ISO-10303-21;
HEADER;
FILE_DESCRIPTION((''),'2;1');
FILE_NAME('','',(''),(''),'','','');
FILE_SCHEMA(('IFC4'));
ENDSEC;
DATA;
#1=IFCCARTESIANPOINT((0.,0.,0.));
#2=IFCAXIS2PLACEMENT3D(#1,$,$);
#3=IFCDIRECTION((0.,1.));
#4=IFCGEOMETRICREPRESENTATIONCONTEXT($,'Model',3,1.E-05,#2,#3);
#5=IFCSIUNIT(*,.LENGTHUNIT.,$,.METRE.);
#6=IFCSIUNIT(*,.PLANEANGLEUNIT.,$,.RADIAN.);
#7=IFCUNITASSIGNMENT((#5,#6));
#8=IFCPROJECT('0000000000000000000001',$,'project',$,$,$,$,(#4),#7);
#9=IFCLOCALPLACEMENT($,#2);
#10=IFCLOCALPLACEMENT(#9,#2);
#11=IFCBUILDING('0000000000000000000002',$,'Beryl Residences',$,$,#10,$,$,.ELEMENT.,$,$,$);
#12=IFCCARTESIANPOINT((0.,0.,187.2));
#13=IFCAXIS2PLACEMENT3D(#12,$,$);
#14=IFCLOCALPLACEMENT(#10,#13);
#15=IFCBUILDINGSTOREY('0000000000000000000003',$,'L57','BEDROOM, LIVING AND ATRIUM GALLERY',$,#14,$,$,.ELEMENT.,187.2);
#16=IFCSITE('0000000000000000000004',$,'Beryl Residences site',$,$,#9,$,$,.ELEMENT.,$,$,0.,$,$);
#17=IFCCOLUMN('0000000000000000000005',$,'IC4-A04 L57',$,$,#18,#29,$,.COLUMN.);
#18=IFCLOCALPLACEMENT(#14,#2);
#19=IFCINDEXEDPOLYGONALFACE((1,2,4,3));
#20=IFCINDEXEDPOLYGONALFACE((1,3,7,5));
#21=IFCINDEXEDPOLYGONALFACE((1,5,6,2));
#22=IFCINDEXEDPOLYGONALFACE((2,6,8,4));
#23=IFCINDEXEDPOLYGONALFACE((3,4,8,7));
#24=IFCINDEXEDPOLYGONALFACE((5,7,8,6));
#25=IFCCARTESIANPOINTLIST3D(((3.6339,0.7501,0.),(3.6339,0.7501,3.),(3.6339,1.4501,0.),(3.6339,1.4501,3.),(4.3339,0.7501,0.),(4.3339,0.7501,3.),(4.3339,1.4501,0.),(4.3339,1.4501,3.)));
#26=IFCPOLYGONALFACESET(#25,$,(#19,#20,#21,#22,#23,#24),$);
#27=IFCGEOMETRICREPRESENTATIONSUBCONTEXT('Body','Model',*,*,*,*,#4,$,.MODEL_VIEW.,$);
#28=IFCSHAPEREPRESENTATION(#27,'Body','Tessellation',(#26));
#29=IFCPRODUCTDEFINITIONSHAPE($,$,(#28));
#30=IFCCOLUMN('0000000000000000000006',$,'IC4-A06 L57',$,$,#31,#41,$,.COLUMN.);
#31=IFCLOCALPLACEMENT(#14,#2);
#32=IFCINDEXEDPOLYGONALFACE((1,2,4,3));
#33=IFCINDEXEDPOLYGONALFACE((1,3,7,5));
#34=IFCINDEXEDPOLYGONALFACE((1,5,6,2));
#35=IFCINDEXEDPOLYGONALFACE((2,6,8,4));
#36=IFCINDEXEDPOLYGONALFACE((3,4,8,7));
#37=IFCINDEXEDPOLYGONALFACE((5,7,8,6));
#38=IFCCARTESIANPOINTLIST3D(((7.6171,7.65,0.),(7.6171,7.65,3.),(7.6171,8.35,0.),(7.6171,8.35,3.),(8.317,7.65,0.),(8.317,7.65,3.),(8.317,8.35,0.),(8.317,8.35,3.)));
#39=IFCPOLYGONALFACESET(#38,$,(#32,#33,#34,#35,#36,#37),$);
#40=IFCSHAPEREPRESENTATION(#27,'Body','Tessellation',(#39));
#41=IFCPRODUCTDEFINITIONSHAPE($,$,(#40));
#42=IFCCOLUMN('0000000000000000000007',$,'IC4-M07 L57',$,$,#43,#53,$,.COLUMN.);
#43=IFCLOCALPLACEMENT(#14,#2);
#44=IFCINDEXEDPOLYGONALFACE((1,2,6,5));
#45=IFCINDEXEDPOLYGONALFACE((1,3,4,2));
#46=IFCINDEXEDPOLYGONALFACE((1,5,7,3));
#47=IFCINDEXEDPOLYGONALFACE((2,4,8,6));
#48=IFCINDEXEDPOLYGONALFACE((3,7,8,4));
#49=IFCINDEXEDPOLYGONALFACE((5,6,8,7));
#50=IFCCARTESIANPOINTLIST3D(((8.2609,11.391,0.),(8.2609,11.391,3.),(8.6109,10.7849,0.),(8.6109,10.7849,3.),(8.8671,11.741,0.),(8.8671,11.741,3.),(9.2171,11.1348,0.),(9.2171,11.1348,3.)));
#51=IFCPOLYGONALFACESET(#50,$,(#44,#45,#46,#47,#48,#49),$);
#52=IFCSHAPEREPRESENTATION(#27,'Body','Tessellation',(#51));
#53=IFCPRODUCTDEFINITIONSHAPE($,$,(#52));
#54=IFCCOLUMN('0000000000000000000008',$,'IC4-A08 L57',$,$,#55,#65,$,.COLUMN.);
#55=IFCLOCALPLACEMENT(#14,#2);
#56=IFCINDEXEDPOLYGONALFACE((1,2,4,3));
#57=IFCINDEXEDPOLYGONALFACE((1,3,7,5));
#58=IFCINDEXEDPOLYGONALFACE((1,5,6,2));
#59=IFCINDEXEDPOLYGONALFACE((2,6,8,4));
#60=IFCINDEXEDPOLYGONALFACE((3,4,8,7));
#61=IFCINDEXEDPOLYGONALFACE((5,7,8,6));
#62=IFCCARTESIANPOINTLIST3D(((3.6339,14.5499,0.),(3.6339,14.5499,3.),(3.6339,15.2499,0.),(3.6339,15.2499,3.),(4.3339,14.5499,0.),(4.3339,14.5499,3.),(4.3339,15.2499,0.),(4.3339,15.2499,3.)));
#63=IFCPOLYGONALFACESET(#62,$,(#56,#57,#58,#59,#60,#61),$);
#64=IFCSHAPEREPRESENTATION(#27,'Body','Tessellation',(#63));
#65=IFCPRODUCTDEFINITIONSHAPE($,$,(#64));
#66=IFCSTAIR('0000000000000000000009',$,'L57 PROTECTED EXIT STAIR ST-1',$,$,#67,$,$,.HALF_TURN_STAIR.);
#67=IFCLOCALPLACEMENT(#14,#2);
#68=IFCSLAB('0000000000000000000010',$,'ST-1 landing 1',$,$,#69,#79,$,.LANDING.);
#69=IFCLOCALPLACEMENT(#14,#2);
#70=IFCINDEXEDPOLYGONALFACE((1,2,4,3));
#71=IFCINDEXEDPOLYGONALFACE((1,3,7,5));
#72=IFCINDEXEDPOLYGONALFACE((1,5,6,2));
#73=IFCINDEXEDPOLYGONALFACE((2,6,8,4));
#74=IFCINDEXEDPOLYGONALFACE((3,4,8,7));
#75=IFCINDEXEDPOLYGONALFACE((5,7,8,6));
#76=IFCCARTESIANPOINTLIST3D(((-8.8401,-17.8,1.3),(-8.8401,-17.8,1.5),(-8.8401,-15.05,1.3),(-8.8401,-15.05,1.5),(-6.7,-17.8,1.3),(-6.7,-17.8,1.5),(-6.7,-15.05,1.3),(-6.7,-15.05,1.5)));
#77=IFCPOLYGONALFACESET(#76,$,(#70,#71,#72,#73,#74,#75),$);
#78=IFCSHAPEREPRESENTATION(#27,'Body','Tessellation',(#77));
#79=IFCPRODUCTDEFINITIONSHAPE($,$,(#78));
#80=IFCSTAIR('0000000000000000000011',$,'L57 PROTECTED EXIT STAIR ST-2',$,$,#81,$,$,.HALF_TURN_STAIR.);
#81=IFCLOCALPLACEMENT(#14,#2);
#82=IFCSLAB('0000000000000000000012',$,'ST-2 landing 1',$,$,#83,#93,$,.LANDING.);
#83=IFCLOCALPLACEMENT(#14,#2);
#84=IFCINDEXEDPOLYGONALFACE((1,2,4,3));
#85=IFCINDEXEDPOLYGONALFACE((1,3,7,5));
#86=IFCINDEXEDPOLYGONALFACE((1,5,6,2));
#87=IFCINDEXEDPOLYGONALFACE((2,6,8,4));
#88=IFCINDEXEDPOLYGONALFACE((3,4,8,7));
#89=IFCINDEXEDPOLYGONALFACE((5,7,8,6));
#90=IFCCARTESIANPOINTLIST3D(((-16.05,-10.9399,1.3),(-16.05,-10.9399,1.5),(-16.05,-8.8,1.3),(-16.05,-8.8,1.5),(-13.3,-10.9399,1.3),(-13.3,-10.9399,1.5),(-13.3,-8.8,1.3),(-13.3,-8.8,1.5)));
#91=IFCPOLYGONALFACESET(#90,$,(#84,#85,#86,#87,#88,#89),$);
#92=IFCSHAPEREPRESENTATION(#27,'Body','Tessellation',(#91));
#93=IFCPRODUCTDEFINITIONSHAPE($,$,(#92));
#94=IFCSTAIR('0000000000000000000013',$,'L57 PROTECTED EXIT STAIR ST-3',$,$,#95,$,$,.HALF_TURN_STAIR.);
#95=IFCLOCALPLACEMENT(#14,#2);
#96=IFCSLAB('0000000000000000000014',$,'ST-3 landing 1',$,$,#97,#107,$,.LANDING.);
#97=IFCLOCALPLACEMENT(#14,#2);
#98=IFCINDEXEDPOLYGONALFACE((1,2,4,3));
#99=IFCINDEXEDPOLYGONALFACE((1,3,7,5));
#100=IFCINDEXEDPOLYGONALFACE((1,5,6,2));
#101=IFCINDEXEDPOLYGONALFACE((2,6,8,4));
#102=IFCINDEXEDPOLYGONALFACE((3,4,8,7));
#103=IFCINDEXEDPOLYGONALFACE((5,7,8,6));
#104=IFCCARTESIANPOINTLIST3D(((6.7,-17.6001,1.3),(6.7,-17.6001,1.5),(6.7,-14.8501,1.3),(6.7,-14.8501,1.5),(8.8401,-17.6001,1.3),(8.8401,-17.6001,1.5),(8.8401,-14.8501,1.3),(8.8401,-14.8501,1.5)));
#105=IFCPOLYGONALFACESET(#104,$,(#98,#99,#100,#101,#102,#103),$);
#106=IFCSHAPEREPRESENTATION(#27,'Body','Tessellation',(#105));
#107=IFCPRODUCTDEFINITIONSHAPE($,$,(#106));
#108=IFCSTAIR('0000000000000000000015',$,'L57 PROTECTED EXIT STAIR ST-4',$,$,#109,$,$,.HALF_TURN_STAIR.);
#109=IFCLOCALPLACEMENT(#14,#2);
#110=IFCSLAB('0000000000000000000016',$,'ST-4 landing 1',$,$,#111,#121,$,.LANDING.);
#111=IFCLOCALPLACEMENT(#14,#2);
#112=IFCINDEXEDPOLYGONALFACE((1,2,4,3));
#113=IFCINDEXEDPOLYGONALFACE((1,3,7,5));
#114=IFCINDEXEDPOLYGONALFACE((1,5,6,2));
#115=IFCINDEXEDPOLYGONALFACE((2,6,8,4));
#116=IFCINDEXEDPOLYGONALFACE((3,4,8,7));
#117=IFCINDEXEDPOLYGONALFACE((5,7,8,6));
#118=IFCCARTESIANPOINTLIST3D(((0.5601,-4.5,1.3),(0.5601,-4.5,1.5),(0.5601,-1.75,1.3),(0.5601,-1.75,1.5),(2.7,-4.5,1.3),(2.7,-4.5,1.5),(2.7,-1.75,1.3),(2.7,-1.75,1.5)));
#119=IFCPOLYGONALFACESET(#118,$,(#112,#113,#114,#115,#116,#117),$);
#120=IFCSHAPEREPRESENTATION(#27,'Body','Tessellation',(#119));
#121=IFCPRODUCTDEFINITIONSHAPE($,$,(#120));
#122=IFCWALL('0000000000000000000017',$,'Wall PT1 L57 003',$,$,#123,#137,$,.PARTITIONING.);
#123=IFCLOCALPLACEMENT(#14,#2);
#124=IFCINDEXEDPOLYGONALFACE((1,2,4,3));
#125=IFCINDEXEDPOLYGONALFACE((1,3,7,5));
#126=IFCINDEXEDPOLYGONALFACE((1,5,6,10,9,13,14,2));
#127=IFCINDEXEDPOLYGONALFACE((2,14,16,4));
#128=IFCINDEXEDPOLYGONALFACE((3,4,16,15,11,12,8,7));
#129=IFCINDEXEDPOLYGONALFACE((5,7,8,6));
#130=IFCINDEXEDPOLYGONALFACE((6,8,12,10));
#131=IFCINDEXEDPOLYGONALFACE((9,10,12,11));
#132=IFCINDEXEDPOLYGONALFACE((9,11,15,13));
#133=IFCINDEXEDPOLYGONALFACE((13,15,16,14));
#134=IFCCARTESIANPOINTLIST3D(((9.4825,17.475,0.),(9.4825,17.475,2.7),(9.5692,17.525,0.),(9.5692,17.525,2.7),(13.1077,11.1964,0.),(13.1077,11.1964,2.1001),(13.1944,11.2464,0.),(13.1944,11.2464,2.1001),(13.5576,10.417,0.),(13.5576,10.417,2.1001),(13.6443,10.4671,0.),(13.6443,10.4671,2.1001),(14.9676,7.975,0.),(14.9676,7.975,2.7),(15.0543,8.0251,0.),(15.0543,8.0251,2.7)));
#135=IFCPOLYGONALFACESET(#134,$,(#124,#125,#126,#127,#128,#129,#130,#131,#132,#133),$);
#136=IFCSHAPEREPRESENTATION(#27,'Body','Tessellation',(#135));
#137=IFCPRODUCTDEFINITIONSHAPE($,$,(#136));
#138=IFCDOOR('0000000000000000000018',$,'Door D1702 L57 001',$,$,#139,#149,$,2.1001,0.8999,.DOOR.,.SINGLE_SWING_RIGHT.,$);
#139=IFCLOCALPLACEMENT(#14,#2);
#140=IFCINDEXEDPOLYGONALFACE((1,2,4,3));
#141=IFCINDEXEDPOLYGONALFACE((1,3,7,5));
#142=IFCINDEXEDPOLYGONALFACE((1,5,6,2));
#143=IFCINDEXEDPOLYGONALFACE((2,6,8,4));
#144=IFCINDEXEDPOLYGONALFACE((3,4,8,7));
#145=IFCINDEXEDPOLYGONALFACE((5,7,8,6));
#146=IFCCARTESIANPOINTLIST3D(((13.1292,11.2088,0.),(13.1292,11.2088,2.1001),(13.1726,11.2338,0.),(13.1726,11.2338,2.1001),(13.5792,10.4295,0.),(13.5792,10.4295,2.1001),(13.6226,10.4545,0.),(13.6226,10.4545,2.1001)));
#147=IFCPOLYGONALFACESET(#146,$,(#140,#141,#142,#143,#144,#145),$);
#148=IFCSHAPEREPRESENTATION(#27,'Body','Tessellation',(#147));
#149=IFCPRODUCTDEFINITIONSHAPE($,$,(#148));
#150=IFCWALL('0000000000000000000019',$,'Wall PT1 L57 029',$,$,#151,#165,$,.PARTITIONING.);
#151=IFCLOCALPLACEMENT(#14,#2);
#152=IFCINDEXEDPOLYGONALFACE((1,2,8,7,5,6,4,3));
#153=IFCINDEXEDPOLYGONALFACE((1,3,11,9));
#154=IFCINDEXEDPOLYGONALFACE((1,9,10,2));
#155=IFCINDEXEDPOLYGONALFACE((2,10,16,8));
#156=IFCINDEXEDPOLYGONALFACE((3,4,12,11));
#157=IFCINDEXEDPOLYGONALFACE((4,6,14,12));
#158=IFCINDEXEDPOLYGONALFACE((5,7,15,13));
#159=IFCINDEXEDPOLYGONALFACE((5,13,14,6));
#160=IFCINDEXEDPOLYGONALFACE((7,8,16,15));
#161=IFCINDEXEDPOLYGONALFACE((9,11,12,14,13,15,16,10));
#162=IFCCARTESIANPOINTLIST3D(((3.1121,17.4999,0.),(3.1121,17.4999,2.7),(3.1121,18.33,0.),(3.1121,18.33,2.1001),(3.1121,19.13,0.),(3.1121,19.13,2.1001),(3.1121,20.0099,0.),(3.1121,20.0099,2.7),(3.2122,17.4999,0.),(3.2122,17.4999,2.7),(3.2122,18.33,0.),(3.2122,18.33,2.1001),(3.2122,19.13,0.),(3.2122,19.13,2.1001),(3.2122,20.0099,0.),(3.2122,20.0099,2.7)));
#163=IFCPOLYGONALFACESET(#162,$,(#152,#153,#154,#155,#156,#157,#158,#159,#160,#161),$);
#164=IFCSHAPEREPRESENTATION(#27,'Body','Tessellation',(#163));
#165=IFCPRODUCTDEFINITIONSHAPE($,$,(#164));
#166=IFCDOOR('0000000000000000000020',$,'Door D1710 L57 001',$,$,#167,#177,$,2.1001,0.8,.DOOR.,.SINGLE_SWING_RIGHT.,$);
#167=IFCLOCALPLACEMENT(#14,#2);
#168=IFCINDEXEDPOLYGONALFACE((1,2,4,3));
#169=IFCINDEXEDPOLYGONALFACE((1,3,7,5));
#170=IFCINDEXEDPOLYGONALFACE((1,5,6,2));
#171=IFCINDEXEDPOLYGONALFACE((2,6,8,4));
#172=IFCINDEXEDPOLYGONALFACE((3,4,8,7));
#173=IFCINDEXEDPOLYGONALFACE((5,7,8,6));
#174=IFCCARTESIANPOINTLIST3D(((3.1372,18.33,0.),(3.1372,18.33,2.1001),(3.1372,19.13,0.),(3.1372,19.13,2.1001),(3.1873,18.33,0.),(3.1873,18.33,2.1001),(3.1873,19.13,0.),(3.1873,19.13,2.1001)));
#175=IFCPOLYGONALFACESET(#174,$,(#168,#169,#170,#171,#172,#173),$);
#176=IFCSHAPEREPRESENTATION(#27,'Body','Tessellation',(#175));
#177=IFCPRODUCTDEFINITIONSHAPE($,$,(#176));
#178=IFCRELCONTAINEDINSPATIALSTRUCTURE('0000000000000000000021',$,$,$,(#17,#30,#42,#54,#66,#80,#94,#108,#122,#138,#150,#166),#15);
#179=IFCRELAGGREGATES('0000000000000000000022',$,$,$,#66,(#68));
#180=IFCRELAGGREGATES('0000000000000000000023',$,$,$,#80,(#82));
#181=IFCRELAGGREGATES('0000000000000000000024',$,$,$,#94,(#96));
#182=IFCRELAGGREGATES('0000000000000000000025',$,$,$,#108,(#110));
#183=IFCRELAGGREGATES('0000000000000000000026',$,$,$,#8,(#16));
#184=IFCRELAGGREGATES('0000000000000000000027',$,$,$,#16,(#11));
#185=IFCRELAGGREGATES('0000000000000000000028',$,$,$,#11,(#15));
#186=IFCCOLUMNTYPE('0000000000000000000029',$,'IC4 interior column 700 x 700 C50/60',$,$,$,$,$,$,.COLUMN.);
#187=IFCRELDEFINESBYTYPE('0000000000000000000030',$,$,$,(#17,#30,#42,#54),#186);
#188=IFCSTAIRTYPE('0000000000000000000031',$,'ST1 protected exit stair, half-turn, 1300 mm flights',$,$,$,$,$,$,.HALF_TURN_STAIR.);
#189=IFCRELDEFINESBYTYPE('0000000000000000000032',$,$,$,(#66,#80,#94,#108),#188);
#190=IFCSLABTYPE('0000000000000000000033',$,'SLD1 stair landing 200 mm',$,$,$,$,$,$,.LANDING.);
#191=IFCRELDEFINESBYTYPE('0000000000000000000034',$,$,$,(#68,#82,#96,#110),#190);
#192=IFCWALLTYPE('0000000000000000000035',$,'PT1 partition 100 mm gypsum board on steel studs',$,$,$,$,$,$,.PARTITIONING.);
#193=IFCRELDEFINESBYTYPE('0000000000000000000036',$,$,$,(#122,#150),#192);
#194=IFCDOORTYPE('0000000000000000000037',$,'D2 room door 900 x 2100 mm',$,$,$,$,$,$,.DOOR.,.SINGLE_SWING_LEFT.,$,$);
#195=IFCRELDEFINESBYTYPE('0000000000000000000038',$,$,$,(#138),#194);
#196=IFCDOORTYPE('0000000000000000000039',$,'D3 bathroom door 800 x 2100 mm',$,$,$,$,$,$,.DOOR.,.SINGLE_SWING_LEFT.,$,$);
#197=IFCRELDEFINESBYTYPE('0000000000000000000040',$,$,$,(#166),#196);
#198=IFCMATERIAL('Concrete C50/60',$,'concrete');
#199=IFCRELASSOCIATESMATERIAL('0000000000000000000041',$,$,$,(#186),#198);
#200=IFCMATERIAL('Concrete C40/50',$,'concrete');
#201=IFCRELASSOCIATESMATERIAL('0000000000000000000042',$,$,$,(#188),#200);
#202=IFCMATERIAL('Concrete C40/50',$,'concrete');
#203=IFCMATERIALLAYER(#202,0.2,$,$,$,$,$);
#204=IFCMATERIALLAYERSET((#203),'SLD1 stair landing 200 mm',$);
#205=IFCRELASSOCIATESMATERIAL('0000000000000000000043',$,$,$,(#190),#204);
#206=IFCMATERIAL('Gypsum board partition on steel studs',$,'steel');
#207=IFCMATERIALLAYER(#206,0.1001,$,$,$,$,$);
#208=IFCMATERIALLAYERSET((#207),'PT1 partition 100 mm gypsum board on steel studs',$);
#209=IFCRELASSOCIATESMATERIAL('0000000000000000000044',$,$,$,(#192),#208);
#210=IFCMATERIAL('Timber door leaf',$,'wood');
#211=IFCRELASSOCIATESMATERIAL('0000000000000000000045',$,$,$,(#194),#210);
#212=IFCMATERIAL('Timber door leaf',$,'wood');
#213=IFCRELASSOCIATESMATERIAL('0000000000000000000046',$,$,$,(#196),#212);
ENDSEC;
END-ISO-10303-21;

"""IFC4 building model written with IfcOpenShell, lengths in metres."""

from ifc_helpers import new_model, si_unit, direction, frame, frame_2d, origin, origin_2d, place, context, subcontext, project, spatial, polyline, rectangle, outline, extrude, material, layer, layer_set, material_profile, profile_set, type_object, element, fill, aggregate, save


model = new_model("IFC4")

# Units and contexts
model_context = context("Model", 3, precision=1e-05, world=origin(), true_north=direction((0.0, 1.0)))
body_context = subcontext(model_context, "Body", "Model", "MODEL_VIEW")
ifc_project = project(units=[si_unit("LENGTHUNIT", "METRE"), si_unit("PLANEANGLEUNIT", "RADIAN")], contexts=[model_context])

# Site, building, storey
site_placement = place(None, origin())
site = spatial("IfcSite", under=ifc_project, at=site_placement, Name="Beryl Residences site", CompositionType="ELEMENT", RefElevation=0.0)
building_placement = place(site_placement, origin())
building = spatial("IfcBuilding", under=site, at=building_placement, Name="Beryl Residences", CompositionType="ELEMENT")
storey_placement = place(building_placement, frame((0.0, 0.0, 187.2)))
storey = spatial("IfcBuildingStorey", under=building, at=storey_placement, Name="L57", Description="BEDROOM, LIVING AND ATRIUM GALLERY", CompositionType="ELEMENT", Elevation=187.2)

# Columns
ifc_material_1 = material(Name="Concrete C50/60", Category="concrete")
ifc_material_profile = material_profile(ifc_material_1, rectangle(XDim=0.7, YDim=0.7, at=origin_2d()))
ifc_profile_set = profile_set([ifc_material_profile], Name="Concrete C50/60")
column_type = type_object("IfcColumnType", Name="IC4 interior column 700 x 700 C50/60", PredefinedType="COLUMN", material=ifc_profile_set)
for number, where, z_axis, x_axis, name in (
    (1, (3.9839, 1.1001, 0.0), (0.0, 0.0, 1.0), (1.0, 0.0, 0.0), "IC4-A04 L57"),
    (2, (7.967, 8.0, 0.0), (0.0, 0.0, 1.0), (1.0, 0.0, 0.0), "IC4-A06 L57"),
    (3, (8.739, 11.2629, 0.0), (0.0, 0.0, 1.0), (-0.5, 0.866025, 0.0), "IC4-M07 L57"),
    (4, (3.9839, 14.8999, 0.0), (0.0, 0.0, 1.0), (1.0, 0.0, 0.0), "IC4-A08 L57"),
):
    element("IfcColumn", number, at=place(storey_placement, frame(where, z_axis=z_axis, x_axis=x_axis)), inside=storey, type_object=column_type, Name=name, PredefinedType="COLUMN", context=body_context, shape_type="SweptSolid", body=[
        extrude(rectangle(XDim=0.7, YDim=0.7, at=origin_2d()), origin(), (0.0, 0.0, 1.0), 3.0),
    ])

# Stairs, slabs
ifc_material_2 = material(Name="Concrete C40/50", Category="concrete")
stair_type = type_object("IfcStairType", Name="ST1 protected exit stair, half-turn, 1300 mm flights", PredefinedType="HALF_TURN_STAIR", material=ifc_material_2)
stair_1_placement = place(storey_placement, origin())
stair_1 = element("IfcStair", 5, at=stair_1_placement, inside=storey, type_object=stair_type, Name="L57 PROTECTED EXIT STAIR ST-1", PredefinedType="HALF_TURN_STAIR")
ifc_material_3 = material(Name="Concrete C40/50", Category="concrete")
ifc_layer_1 = layer(ifc_material_3, 0.2)
ifc_layer_set_1 = layer_set([ifc_layer_1], Name="SLD1 stair landing 200 mm")
slab_type_1 = type_object("IfcSlabType", Name="SLD1 stair landing 200 mm", PredefinedType="LANDING", material=ifc_layer_set_1)
slab_1_placement = place(storey_placement, frame((0.0, 0.0, 1.3)))
slab_1 = element("IfcSlab", 6, at=slab_1_placement, type_object=slab_type_1, Name="ST-1 landing 1", PredefinedType="LANDING", context=body_context, shape_type="SweptSolid", body=[
    extrude(outline(polyline([(-8.8401, -17.8), (-6.7, -17.8), (-6.7, -15.05), (-8.8401, -15.05), (-8.8401, -17.8)])), origin(), (0.0, 0.0, 1.0), 0.2),
])
aggregate(stair_1, [slab_1])
stair_2_placement = place(storey_placement, origin())
stair_2 = element("IfcStair", 7, at=stair_2_placement, inside=storey, type_object=stair_type, Name="L57 PROTECTED EXIT STAIR ST-2", PredefinedType="HALF_TURN_STAIR")
slab_2_placement = place(storey_placement, frame((0.0, 0.0, 1.3)))
slab_2 = element("IfcSlab", 8, at=slab_2_placement, type_object=slab_type_1, Name="ST-2 landing 1", PredefinedType="LANDING", context=body_context, shape_type="SweptSolid", body=[
    extrude(outline(polyline([(-13.3, -10.9399), (-13.3, -8.8), (-16.05, -8.8), (-16.05, -10.9399), (-13.3, -10.9399)])), origin(), (0.0, 0.0, 1.0), 0.2),
])
aggregate(stair_2, [slab_2])
stair_3_placement = place(storey_placement, origin())
stair_3 = element("IfcStair", 9, at=stair_3_placement, inside=storey, type_object=stair_type, Name="L57 PROTECTED EXIT STAIR ST-3", PredefinedType="HALF_TURN_STAIR")
slab_3_placement = place(storey_placement, frame((0.0, 0.0, 1.3)))
slab_3 = element("IfcSlab", 10, at=slab_3_placement, type_object=slab_type_1, Name="ST-3 landing 1", PredefinedType="LANDING", context=body_context, shape_type="SweptSolid", body=[
    extrude(outline(polyline([(8.8401, -14.8501), (6.7, -14.8501), (6.7, -17.6001), (8.8401, -17.6001), (8.8401, -14.8501)])), origin(), (0.0, 0.0, 1.0), 0.2),
])
aggregate(stair_3, [slab_3])
stair_4_placement = place(storey_placement, origin())
stair_4 = element("IfcStair", 11, at=stair_4_placement, inside=storey, type_object=stair_type, Name="L57 PROTECTED EXIT STAIR ST-4", PredefinedType="HALF_TURN_STAIR")
slab_4_placement = place(storey_placement, frame((0.0, 0.0, 1.3)))
slab_4 = element("IfcSlab", 12, at=slab_4_placement, type_object=slab_type_1, Name="ST-4 landing 1", PredefinedType="LANDING", context=body_context, shape_type="SweptSolid", body=[
    extrude(outline(polyline([(0.5601, -4.5), (2.7, -4.5), (2.7, -1.75), (0.5601, -1.75), (0.5601, -4.5)])), origin(), (0.0, 0.0, 1.0), 0.2),
])
aggregate(stair_4, [slab_4])

# Walls, openings, doors
ifc_material_4 = material(Name="Gypsum board partition on steel studs", Category="steel")
ifc_layer_2 = layer(ifc_material_4, 0.1001)
ifc_layer_set_2 = layer_set([ifc_layer_2], Name="PT1 partition 100 mm gypsum board on steel studs")
wall_type_1 = type_object("IfcWallType", Name="PT1 partition 100 mm gypsum board on steel studs", PredefinedType="PARTITIONING", material=ifc_layer_set_2)
wall_1_placement = place(storey_placement, frame((9.5259, 17.5, 0.0), z_axis=(0.0, 0.0, 1.0), x_axis=(0.500019, -0.866014, 0.0)))
wall_1 = element("IfcWall", 13, at=wall_1_placement, inside=storey, type_object=wall_type_1, Name="Wall PT1 L57 003", PredefinedType="PARTITIONING", context=body_context, shape_type="SweptSolid", body=[
    extrude(rectangle(XDim=10.9697, YDim=0.1001, at=frame_2d((5.4849, 0.0))), origin(), (0.0, 0.0, 1.0), 2.7),
])
opening_1_placement = place(wall_1_placement, frame((7.25, 0.0, 0.0)))
opening_1 = element("IfcOpeningElement", 14, at=opening_1_placement, cuts=wall_1, PredefinedType="OPENING", context=body_context, shape_type="SweptSolid", body=[
    extrude(rectangle(XDim=0.8999, YDim=2.1001, at=frame_2d((0.45, 1.05))), frame((0.0, 0.0601, 0.0), z_axis=(0.0, -1.0, 0.0), x_axis=(1.0, 0.0, 0.0)), (0.0, 0.0, 1.0), 0.1201),
])
ifc_material_5 = material(Name="Timber door leaf", Category="wood")
door_type_1 = type_object("IfcDoorType", Name="D2 room door 900 x 2100 mm", OperationType="SINGLE_SWING_LEFT", PredefinedType="DOOR", material=ifc_material_5)
door_1_placement = place(opening_1_placement, origin())
door_1 = element("IfcDoor", 15, at=door_1_placement, inside=storey, type_object=door_type_1, Name="Door D1702 L57 001", OperationType="SINGLE_SWING_RIGHT", OverallHeight=2.1001, OverallWidth=0.8999, PredefinedType="DOOR", context=body_context, shape_type="SweptSolid", body=[
    extrude(rectangle(XDim=0.8999, YDim=2.1001, at=frame_2d((0.45, 1.05))), frame((0.0, 0.0249, 0.0), z_axis=(0.0, -1.0, 0.0), x_axis=(1.0, 0.0, 0.0)), (0.0, 0.0, 1.0), 0.05),
])
fill(opening_1, door_1)
wall_2_placement = place(storey_placement, frame((3.1621, 17.5, 0.0), z_axis=(0.0, 0.0, 1.0), x_axis=(0.0, 1.0, 0.0)))
wall_2 = element("IfcWall", 16, at=wall_2_placement, inside=storey, type_object=wall_type_1, Name="Wall PT1 L57 029", PredefinedType="PARTITIONING", context=body_context, shape_type="SweptSolid", body=[
    extrude(rectangle(XDim=2.51, YDim=0.1001, at=frame_2d((1.2549, 0.0))), origin(), (0.0, 0.0, 1.0), 2.7),
])
opening_2_placement = place(wall_2_placement, frame((0.8301, 0.0, 0.0)))
opening_2 = element("IfcOpeningElement", 17, at=opening_2_placement, cuts=wall_2, PredefinedType="OPENING", context=body_context, shape_type="SweptSolid", body=[
    extrude(rectangle(XDim=0.8, YDim=2.1001, at=frame_2d((0.3999, 1.05))), frame((0.0, 0.0601, 0.0), z_axis=(0.0, -1.0, 0.0), x_axis=(1.0, 0.0, 0.0)), (0.0, 0.0, 1.0), 0.1201),
])
ifc_material_6 = material(Name="Timber door leaf", Category="wood")
door_type_2 = type_object("IfcDoorType", Name="D3 bathroom door 800 x 2100 mm", OperationType="SINGLE_SWING_LEFT", PredefinedType="DOOR", material=ifc_material_6)
door_2_placement = place(opening_2_placement, origin())
door_2 = element("IfcDoor", 18, at=door_2_placement, inside=storey, type_object=door_type_2, Name="Door D1710 L57 001", OperationType="SINGLE_SWING_RIGHT", OverallHeight=2.1001, OverallWidth=0.8, PredefinedType="DOOR", context=body_context, shape_type="SweptSolid", body=[
    extrude(rectangle(XDim=0.8, YDim=2.1001, at=frame_2d((0.3999, 1.05))), frame((0.0, 0.0249, 0.0), z_axis=(0.0, -1.0, 0.0), x_axis=(1.0, 0.0, 0.0)), (0.0, 0.0, 1.0), 0.05),
])
fill(opening_2, door_2)

save(model, "model.ifc")
